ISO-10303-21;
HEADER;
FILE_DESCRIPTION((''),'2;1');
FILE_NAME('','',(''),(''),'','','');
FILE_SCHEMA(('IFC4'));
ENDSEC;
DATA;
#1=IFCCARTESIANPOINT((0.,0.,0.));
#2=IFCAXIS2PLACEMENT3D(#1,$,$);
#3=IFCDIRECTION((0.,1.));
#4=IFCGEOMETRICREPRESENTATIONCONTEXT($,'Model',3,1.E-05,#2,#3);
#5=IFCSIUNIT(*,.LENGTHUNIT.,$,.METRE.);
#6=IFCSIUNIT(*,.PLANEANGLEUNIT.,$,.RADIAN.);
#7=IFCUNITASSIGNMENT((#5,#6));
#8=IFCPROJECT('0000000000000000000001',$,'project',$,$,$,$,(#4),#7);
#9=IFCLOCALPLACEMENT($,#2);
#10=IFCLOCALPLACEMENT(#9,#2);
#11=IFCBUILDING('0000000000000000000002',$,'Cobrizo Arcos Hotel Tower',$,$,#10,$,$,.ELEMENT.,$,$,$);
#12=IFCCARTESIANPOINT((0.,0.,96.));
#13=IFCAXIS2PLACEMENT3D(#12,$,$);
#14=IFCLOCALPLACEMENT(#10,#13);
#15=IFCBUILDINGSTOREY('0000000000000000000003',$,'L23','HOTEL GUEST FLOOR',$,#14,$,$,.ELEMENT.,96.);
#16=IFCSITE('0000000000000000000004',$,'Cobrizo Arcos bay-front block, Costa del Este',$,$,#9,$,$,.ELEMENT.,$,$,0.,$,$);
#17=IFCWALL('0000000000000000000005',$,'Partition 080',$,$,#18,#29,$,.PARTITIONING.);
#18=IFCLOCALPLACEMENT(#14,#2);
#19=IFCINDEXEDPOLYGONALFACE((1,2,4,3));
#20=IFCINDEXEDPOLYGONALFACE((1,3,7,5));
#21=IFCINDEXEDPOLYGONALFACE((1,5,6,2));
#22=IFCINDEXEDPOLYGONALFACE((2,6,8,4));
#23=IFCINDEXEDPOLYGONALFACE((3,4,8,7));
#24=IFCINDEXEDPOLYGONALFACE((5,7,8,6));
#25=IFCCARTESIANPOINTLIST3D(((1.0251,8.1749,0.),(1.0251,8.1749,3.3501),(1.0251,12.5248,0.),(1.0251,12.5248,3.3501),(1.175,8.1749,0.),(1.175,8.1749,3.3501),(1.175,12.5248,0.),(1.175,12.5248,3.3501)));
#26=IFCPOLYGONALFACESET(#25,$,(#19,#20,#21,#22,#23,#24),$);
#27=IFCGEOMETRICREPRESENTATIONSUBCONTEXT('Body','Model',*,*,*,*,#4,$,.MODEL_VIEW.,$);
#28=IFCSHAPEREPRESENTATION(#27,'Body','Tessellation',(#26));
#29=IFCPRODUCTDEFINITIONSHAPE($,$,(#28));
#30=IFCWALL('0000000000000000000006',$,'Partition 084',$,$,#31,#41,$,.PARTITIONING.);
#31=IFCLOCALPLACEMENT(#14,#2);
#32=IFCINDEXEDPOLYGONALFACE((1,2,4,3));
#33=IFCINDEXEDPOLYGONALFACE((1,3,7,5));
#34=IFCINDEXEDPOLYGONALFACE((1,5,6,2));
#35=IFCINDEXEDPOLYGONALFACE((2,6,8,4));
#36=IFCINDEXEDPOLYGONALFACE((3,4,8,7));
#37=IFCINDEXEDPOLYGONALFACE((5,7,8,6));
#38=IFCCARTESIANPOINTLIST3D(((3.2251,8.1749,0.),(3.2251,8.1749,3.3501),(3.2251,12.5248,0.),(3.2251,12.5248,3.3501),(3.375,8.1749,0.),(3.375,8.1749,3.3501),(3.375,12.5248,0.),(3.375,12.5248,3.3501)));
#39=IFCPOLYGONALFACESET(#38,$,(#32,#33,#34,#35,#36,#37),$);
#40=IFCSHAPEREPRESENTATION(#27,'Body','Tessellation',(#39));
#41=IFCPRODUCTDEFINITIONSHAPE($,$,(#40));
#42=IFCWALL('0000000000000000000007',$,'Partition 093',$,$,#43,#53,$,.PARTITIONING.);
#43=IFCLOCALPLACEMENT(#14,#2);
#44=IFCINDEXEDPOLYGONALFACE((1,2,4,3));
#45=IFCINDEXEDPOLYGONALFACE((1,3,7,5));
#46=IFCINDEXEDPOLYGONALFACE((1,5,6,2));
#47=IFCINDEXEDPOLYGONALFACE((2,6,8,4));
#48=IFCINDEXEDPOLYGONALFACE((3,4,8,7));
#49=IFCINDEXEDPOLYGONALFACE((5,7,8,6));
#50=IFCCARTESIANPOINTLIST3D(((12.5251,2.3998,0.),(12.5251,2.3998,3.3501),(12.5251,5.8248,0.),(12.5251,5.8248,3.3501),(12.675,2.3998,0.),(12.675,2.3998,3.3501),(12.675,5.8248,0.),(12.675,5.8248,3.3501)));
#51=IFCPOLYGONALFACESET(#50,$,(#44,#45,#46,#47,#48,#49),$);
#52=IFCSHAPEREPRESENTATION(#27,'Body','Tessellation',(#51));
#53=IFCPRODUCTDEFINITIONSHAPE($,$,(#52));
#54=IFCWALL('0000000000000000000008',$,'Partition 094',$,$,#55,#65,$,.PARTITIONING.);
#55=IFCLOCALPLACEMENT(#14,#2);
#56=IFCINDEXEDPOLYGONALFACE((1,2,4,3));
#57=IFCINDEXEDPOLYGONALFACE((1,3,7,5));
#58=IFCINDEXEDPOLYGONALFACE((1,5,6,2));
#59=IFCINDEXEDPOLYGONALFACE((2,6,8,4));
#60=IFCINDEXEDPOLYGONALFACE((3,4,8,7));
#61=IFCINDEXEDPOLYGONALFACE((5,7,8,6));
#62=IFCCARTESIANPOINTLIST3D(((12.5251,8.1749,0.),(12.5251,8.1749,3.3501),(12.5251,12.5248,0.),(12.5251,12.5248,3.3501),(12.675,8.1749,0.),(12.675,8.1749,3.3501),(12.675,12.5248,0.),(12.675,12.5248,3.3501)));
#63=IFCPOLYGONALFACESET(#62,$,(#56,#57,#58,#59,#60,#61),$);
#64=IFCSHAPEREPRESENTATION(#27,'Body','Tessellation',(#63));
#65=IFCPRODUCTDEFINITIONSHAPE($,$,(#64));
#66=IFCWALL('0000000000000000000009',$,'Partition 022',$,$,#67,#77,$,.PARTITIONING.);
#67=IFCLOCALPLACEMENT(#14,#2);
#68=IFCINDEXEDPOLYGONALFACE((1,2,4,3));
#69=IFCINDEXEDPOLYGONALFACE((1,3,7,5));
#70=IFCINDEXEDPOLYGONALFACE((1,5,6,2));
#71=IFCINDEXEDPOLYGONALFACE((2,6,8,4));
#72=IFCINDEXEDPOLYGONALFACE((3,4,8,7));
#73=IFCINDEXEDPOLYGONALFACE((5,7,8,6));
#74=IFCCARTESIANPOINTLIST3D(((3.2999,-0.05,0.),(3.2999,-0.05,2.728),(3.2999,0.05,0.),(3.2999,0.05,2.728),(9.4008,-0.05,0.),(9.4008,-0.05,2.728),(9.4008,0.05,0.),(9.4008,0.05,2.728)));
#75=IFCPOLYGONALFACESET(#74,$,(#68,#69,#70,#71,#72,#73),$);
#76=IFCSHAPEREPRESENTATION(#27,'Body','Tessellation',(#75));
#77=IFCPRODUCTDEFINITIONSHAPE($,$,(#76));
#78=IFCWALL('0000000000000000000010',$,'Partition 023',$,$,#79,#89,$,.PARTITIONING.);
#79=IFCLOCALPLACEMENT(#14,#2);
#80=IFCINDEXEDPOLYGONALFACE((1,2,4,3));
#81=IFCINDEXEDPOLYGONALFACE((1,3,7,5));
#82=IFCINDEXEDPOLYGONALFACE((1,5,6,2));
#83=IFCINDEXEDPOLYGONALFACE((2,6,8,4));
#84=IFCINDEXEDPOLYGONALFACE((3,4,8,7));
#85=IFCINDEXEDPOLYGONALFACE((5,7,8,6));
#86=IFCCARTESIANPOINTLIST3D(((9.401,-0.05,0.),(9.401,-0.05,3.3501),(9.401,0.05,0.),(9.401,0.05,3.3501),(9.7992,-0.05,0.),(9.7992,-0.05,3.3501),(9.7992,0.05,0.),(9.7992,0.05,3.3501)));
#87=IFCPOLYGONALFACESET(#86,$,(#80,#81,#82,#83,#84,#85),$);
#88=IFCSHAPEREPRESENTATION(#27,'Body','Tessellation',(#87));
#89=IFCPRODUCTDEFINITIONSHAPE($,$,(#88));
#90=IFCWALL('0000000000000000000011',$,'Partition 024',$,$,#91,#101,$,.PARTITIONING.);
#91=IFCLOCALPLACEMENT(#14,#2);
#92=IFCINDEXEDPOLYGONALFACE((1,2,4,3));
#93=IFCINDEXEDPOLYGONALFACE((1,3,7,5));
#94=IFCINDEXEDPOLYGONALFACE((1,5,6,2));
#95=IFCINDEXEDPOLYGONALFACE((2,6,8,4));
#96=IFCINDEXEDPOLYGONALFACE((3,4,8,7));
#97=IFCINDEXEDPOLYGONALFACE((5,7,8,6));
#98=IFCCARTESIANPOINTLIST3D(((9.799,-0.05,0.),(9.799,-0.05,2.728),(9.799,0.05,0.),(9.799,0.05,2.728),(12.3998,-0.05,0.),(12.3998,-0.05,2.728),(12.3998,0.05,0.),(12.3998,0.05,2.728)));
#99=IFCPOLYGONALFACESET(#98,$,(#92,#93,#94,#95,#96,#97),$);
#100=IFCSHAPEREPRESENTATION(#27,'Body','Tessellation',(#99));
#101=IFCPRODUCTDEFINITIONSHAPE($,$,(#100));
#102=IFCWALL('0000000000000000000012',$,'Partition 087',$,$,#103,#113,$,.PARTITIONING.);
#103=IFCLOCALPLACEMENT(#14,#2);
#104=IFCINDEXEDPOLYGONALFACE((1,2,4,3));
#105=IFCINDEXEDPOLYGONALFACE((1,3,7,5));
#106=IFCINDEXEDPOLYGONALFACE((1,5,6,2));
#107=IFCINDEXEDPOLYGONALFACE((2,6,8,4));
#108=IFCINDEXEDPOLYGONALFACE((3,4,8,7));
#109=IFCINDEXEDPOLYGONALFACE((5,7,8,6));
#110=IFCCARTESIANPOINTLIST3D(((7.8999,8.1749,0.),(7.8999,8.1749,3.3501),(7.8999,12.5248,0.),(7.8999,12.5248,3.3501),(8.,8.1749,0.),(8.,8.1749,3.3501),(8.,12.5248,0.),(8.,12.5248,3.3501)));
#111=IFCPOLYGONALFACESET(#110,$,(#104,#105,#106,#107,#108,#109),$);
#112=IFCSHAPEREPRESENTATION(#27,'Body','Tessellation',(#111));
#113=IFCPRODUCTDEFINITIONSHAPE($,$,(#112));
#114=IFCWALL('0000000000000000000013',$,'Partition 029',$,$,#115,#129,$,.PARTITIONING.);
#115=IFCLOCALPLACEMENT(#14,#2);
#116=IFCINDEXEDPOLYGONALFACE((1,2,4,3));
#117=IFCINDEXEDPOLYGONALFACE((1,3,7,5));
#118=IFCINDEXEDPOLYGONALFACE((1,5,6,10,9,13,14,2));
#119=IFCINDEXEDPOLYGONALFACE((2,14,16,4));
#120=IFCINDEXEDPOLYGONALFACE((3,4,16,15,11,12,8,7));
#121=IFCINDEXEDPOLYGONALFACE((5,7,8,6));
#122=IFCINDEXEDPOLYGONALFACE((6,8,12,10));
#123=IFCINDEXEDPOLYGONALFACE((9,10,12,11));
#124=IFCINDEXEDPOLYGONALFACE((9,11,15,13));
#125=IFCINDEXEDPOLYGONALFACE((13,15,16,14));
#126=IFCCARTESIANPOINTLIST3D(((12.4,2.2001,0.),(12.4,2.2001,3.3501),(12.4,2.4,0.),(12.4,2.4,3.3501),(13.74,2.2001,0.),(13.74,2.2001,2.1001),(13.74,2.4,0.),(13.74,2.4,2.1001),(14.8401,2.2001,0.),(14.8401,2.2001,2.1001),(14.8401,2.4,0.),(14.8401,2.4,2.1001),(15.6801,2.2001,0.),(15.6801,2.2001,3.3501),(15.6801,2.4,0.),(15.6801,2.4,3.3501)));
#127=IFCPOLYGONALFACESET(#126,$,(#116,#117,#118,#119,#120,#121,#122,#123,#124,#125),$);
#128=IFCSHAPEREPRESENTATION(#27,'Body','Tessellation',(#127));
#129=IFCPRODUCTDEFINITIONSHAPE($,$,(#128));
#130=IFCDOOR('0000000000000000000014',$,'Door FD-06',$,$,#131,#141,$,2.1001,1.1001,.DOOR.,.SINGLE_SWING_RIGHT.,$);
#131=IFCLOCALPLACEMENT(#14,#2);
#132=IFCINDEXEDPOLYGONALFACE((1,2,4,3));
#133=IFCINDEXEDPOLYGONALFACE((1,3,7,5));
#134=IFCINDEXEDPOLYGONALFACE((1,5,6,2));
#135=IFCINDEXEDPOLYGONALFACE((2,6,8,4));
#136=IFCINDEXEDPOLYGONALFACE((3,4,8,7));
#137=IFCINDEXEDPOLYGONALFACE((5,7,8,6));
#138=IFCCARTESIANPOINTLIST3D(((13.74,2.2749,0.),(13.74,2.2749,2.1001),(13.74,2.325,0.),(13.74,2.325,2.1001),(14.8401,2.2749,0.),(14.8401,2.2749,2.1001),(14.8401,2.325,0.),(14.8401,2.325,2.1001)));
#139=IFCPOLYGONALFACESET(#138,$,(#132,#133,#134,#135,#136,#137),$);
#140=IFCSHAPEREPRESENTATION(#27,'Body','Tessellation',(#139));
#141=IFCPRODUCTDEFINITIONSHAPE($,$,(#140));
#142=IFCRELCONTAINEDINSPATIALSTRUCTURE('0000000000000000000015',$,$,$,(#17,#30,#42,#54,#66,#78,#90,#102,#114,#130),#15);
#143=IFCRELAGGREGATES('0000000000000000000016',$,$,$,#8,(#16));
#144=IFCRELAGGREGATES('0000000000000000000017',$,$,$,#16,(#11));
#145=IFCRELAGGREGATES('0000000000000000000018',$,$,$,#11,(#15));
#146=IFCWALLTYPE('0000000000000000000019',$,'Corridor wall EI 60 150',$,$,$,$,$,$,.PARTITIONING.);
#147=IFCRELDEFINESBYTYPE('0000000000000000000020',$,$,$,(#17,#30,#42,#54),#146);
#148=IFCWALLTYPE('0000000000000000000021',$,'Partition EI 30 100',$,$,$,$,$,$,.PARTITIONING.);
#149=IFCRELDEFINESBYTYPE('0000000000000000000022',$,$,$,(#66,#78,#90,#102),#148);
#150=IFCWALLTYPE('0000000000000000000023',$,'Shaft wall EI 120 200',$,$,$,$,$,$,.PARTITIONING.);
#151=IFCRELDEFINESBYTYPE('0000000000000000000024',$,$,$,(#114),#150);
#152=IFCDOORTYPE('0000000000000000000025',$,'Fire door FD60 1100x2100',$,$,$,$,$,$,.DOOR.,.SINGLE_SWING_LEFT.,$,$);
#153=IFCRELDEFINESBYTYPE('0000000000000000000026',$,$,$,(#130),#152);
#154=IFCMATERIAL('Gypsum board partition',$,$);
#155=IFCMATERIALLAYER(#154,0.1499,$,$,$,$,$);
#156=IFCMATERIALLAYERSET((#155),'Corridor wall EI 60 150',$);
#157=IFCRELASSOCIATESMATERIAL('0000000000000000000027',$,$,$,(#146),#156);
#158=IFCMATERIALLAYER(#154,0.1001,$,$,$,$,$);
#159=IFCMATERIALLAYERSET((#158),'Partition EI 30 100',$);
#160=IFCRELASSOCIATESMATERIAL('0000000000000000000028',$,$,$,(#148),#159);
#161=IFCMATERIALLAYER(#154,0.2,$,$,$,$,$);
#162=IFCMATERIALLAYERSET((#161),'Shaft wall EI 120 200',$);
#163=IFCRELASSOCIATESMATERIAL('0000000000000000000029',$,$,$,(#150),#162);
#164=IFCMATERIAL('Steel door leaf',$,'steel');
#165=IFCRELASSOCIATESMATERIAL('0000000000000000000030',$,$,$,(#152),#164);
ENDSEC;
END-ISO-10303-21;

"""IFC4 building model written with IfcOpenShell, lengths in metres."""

from ifc_helpers import new_model, si_unit, direction, frame, frame_2d, origin, place, context, subcontext, project, spatial, rectangle, extrude, material, layer, layer_set, type_object, element, fill, save


model = new_model("IFC4")

# Units and contexts
model_context = context("Model", 3, precision=1e-05, world=origin(), true_north=direction((0.0, 1.0)))
body_context = subcontext(model_context, "Body", "Model", "MODEL_VIEW")
ifc_project = project(units=[si_unit("LENGTHUNIT", "METRE"), si_unit("PLANEANGLEUNIT", "RADIAN")], contexts=[model_context])

# Site, building, storey
site_placement = place(None, origin())
site = spatial("IfcSite", under=ifc_project, at=site_placement, Name="Cobrizo Arcos bay-front block, Costa del Este", CompositionType="ELEMENT", RefElevation=0.0)
building_placement = place(site_placement, origin())
building = spatial("IfcBuilding", under=site, at=building_placement, Name="Cobrizo Arcos Hotel Tower", CompositionType="ELEMENT")
storey_placement = place(building_placement, frame((0.0, 0.0, 96.0)))
storey = spatial("IfcBuildingStorey", under=building, at=storey_placement, Name="L23", Description="HOTEL GUEST FLOOR", CompositionType="ELEMENT", Elevation=96.0)

# Shared definitions
ifc_material_1 = material(Name="Gypsum board partition")
ifc_layer_1 = layer(ifc_material_1, 0.1499)
ifc_layer_set_1 = layer_set([ifc_layer_1], Name="Corridor wall EI 60 150")
wall_type_1 = type_object("IfcWallType", Name="Corridor wall EI 60 150", PredefinedType="PARTITIONING", material=ifc_layer_set_1)

# Walls
for number, where, z_axis, x_axis, name in (
    (1, (1.1001, 8.175, 0.0), (0.0, 0.0, 1.0), (0.0, 1.0, 0.0), "Partition 080"),
    (2, (3.3, 8.175, 0.0), (0.0, 0.0, 1.0), (0.0, 1.0, 0.0), "Partition 084"),
):
    element("IfcWall", number, at=place(storey_placement, frame(where, z_axis=z_axis, x_axis=x_axis)), inside=storey, type_object=wall_type_1, Name=name, PredefinedType="PARTITIONING", context=body_context, shape_type="SweptSolid", body=[
        extrude(rectangle(XDim=4.3499, YDim=0.1499, at=frame_2d((2.1748, 0.0))), origin(), (0.0, 0.0, 1.0), 3.3501),
    ])
wall_1_placement = place(storey_placement, frame((12.6001, 2.3999, 0.0), z_axis=(0.0, 0.0, 1.0), x_axis=(0.0, 1.0, 0.0)))
element("IfcWall", 3, at=wall_1_placement, inside=storey, type_object=wall_type_1, Name="Partition 093", PredefinedType="PARTITIONING", context=body_context, shape_type="SweptSolid", body=[
    extrude(rectangle(XDim=3.425, YDim=0.1499, at=frame_2d((1.7124, 0.0))), origin(), (0.0, 0.0, 1.0), 3.3501),
])
wall_2_placement = place(storey_placement, frame((12.6001, 8.175, 0.0), z_axis=(0.0, 0.0, 1.0), x_axis=(0.0, 1.0, 0.0)))
element("IfcWall", 4, at=wall_2_placement, inside=storey, type_object=wall_type_1, Name="Partition 094", PredefinedType="PARTITIONING", context=body_context, shape_type="SweptSolid", body=[
    extrude(rectangle(XDim=4.3499, YDim=0.1499, at=frame_2d((2.1748, 0.0))), origin(), (0.0, 0.0, 1.0), 3.3501),
])
ifc_layer_2 = layer(ifc_material_1, 0.1001)
ifc_layer_set_2 = layer_set([ifc_layer_2], Name="Partition EI 30 100")
wall_type_2 = type_object("IfcWallType", Name="Partition EI 30 100", PredefinedType="PARTITIONING", material=ifc_layer_set_2)
wall_3_placement = place(storey_placement, frame((3.3, 0.0, 0.0), z_axis=(0.0, 0.0, 1.0), x_axis=(1.0, 0.0, 0.0)))
element("IfcWall", 5, at=wall_3_placement, inside=storey, type_object=wall_type_2, Name="Partition 022", PredefinedType="PARTITIONING", context=body_context, shape_type="SweptSolid", body=[
    extrude(rectangle(XDim=6.1008, YDim=0.1001, at=frame_2d((3.0503, 0.0))), origin(), (0.0, 0.0, 1.0), 2.728),
])
wall_4_placement = place(storey_placement, frame((9.4009, 0.0, 0.0), z_axis=(0.0, 0.0, 1.0), x_axis=(1.0, 0.0, 0.0)))
element("IfcWall", 6, at=wall_4_placement, inside=storey, type_object=wall_type_2, Name="Partition 023", PredefinedType="PARTITIONING", context=body_context, shape_type="SweptSolid", body=[
    extrude(rectangle(XDim=0.3982, YDim=0.1001, at=frame_2d((0.1992, 0.0))), origin(), (0.0, 0.0, 1.0), 3.3501),
])
wall_5_placement = place(storey_placement, frame((9.7991, 0.0, 0.0), z_axis=(0.0, 0.0, 1.0), x_axis=(1.0, 0.0, 0.0)))
element("IfcWall", 7, at=wall_5_placement, inside=storey, type_object=wall_type_2, Name="Partition 024", PredefinedType="PARTITIONING", context=body_context, shape_type="SweptSolid", body=[
    extrude(rectangle(XDim=2.6008, YDim=0.1001, at=frame_2d((1.3003, 0.0))), origin(), (0.0, 0.0, 1.0), 2.728),
])
wall_6_placement = place(storey_placement, frame((7.95, 8.175, 0.0), z_axis=(0.0, 0.0, 1.0), x_axis=(0.0, 1.0, 0.0)))
element("IfcWall", 8, at=wall_6_placement, inside=storey, type_object=wall_type_2, Name="Partition 087", PredefinedType="PARTITIONING", context=body_context, shape_type="SweptSolid", body=[
    extrude(rectangle(XDim=4.3499, YDim=0.1001, at=frame_2d((2.1748, 0.0))), origin(), (0.0, 0.0, 1.0), 3.3501),
])

# Wall, opening, door
ifc_layer_3 = layer(ifc_material_1, 0.2)
ifc_layer_set_3 = layer_set([ifc_layer_3], Name="Shaft wall EI 120 200")
wall_type_3 = type_object("IfcWallType", Name="Shaft wall EI 120 200", PredefinedType="PARTITIONING", material=ifc_layer_set_3)
wall_7_placement = place(storey_placement, frame((12.3999, 2.3, 0.0), z_axis=(0.0, 0.0, 1.0), x_axis=(1.0, 0.0, 0.0)))
wall_7 = element("IfcWall", 9, at=wall_7_placement, inside=storey, type_object=wall_type_3, Name="Partition 029", PredefinedType="PARTITIONING", context=body_context, shape_type="SweptSolid", body=[
    extrude(rectangle(XDim=3.28, YDim=0.2, at=frame_2d((1.6401, 0.0))), origin(), (0.0, 0.0, 1.0), 3.3501),
])
opening_1_placement = place(wall_7_placement, frame((1.3401, 0.0, 0.0)))
opening_1 = element("IfcOpeningElement", 10, at=opening_1_placement, cuts=wall_7, PredefinedType="OPENING", context=body_context, shape_type="SweptSolid", body=[
    extrude(rectangle(XDim=1.1001, YDim=2.1001, at=frame_2d((0.55, 1.05))), frame((0.0, 0.1121, 0.0), z_axis=(0.0, -1.0, 0.0), x_axis=(1.0, 0.0, 0.0)), (0.0, 0.0, 1.0), 0.2239),
])
ifc_material_2 = material(Name="Steel door leaf", Category="steel")
door_type_1 = type_object("IfcDoorType", Name="Fire door FD60 1100x2100", OperationType="SINGLE_SWING_LEFT", PredefinedType="DOOR", material=ifc_material_2)
door_1_placement = place(opening_1_placement, origin())
door_1 = element("IfcDoor", 11, at=door_1_placement, inside=storey, type_object=door_type_1, Name="Door FD-06", OperationType="SINGLE_SWING_RIGHT", OverallHeight=2.1001, OverallWidth=1.1001, PredefinedType="DOOR", context=body_context, shape_type="SweptSolid", body=[
    extrude(rectangle(XDim=1.1001, YDim=2.1001, at=frame_2d((0.55, 1.05))), frame((0.0, 0.0249, 0.0), z_axis=(0.0, -1.0, 0.0), x_axis=(1.0, 0.0, 0.0)), (0.0, 0.0, 1.0), 0.05),
])
fill(opening_1, door_1)

save(model, "model.ifc")
